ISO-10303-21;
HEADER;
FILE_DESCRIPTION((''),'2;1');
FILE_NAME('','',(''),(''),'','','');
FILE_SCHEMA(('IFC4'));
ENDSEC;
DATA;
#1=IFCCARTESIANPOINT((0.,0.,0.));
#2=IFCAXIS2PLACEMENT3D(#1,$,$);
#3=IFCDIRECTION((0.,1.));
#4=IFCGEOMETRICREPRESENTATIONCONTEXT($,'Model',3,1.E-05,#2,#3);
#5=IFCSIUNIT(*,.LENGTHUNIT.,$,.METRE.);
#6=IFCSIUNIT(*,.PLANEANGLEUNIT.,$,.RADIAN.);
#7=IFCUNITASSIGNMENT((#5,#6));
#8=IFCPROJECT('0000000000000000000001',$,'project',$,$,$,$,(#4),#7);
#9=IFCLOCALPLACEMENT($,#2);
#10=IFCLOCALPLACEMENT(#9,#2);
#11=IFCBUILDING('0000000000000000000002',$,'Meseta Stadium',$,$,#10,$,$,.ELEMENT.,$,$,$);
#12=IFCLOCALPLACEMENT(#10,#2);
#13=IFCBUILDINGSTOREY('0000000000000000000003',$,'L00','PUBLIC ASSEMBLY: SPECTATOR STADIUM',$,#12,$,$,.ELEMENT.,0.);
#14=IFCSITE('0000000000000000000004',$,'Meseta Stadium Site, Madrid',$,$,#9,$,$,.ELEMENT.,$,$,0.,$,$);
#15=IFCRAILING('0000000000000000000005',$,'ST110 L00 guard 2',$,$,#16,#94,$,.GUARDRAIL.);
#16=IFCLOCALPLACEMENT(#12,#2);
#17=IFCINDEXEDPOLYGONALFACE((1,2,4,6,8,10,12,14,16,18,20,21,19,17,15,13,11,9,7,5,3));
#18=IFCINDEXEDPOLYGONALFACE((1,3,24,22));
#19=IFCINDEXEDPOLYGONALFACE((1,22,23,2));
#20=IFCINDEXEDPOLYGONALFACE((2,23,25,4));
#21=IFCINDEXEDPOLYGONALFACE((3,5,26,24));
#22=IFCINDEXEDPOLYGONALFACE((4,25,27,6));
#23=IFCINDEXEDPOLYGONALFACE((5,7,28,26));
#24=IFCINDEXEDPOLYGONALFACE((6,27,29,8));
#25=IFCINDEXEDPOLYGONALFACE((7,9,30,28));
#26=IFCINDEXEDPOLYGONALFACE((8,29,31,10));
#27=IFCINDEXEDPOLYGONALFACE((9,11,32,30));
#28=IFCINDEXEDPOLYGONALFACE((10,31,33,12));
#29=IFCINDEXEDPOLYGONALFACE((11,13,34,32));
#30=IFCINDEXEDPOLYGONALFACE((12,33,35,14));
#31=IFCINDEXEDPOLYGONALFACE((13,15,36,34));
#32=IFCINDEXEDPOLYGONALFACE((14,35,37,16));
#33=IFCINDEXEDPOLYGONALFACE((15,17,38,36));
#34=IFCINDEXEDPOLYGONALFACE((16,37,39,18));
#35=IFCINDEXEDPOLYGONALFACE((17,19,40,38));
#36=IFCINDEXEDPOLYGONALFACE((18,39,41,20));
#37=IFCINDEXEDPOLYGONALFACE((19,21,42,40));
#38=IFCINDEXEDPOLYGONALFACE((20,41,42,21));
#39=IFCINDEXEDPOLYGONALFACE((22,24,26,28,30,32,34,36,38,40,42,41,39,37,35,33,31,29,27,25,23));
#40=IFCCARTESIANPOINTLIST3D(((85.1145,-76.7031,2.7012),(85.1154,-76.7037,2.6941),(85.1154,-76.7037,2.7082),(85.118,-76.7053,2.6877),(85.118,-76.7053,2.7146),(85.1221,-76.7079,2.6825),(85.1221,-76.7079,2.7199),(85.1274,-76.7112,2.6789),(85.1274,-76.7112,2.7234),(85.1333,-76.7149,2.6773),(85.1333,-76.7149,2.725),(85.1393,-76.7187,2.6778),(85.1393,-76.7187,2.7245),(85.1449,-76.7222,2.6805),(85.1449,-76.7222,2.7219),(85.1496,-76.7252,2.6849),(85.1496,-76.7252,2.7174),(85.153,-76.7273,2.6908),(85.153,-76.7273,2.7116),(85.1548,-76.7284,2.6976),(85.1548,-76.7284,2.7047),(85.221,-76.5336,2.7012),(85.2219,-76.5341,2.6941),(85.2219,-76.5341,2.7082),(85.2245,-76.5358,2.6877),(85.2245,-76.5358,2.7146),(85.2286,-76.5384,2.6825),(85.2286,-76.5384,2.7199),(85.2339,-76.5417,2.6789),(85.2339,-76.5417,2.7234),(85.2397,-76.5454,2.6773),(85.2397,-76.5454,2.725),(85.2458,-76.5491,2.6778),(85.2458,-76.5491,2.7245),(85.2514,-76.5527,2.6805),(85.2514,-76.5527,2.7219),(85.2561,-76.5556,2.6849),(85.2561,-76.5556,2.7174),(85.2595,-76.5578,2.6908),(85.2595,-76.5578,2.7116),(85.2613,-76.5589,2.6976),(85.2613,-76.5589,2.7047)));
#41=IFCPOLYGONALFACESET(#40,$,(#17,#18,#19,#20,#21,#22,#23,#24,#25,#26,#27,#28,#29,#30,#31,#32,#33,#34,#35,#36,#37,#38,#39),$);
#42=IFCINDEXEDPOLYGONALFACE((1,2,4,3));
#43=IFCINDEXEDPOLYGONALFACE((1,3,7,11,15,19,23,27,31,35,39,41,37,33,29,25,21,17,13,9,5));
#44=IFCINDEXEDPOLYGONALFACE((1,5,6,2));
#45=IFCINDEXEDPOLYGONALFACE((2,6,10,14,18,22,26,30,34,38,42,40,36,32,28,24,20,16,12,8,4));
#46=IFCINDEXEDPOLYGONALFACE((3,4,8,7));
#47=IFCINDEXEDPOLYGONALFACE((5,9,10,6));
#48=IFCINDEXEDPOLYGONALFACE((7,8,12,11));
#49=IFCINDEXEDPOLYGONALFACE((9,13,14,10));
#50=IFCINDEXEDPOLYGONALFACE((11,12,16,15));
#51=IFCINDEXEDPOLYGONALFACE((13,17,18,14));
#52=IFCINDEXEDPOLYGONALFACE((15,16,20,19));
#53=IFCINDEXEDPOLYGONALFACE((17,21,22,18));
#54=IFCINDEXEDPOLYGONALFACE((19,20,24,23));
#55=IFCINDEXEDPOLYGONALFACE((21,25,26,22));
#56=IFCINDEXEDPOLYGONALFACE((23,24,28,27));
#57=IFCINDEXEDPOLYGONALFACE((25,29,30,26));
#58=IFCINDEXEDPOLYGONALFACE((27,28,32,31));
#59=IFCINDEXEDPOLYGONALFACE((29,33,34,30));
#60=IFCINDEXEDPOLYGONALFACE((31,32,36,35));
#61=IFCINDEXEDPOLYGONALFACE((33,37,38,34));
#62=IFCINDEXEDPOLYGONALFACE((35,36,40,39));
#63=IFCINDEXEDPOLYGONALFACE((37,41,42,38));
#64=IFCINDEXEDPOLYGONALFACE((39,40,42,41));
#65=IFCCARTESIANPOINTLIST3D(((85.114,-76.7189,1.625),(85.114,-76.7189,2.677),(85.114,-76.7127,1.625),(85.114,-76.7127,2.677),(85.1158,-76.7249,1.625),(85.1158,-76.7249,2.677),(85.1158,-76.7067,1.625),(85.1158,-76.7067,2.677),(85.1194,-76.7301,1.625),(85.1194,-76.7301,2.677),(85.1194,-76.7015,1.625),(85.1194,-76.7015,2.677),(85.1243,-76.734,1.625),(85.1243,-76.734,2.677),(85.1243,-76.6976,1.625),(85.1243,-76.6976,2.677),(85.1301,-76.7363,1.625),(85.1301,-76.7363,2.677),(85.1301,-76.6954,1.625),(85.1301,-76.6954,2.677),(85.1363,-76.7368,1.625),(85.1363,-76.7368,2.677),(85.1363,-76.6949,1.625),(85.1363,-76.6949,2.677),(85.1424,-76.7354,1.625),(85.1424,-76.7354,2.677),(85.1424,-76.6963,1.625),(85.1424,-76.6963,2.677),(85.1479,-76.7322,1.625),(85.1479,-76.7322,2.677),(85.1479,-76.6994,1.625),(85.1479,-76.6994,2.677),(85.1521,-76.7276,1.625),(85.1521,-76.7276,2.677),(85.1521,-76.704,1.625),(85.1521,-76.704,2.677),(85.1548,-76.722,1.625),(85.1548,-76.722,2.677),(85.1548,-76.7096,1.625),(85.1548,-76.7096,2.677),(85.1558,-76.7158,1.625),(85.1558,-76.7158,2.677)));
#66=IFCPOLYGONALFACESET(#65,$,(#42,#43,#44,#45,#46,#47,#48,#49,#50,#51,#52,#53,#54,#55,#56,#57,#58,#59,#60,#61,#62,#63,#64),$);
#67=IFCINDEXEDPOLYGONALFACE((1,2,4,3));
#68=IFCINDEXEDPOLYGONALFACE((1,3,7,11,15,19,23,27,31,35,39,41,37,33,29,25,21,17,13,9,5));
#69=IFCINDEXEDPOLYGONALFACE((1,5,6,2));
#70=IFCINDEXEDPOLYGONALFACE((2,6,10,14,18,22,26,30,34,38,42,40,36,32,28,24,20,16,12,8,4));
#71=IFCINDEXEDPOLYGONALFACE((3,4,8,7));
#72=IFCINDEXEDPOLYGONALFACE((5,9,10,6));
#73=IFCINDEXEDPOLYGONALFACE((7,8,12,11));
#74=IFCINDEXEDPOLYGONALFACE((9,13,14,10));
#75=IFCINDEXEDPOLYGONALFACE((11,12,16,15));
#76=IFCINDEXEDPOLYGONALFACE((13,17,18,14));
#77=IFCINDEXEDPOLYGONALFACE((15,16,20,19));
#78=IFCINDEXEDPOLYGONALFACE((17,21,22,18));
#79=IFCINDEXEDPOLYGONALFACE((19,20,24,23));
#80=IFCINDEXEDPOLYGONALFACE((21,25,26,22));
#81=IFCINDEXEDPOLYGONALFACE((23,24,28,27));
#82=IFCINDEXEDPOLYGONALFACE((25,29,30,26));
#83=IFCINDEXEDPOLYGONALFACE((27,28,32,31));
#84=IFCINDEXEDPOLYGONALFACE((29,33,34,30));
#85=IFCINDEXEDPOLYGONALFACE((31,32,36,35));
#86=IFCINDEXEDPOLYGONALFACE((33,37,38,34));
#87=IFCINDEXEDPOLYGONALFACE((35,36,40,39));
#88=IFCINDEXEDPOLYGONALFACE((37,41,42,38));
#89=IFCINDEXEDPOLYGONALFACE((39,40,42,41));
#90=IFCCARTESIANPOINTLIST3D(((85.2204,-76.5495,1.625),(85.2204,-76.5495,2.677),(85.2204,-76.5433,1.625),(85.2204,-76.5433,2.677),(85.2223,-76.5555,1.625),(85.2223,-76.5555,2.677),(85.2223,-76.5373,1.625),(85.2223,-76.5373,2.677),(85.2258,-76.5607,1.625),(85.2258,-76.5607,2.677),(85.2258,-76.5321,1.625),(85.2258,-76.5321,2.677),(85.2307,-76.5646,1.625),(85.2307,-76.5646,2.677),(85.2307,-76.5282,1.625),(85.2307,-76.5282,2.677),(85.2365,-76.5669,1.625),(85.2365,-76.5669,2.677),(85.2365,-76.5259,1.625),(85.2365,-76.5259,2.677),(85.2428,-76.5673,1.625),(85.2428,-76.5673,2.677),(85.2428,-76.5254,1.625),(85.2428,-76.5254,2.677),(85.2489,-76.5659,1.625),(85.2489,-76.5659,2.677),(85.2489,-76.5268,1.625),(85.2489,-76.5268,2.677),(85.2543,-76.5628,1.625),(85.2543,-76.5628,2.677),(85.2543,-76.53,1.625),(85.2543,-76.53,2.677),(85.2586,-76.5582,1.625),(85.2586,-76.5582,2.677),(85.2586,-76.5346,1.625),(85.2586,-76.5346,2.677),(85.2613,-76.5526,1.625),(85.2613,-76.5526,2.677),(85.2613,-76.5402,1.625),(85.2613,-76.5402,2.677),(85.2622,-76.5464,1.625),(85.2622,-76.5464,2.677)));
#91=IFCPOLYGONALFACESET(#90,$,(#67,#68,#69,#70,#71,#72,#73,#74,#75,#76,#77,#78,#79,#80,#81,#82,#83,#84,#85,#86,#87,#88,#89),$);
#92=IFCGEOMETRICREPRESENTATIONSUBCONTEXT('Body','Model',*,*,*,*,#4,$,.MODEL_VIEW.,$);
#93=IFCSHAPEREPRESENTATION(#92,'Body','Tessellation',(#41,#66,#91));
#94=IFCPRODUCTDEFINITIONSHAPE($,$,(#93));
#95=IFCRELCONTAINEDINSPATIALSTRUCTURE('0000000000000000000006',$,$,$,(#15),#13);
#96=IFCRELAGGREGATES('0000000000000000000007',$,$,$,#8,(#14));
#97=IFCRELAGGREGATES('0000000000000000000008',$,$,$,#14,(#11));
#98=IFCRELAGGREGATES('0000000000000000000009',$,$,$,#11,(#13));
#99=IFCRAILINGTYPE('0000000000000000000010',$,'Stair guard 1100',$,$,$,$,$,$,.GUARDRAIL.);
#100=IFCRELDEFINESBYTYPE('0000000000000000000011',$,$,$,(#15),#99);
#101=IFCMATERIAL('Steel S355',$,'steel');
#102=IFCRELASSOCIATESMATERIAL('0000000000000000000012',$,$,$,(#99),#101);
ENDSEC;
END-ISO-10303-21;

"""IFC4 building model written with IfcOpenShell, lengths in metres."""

from ifc_helpers import new_model, si_unit, direction, frame, origin, origin_2d, place, context, subcontext, project, spatial, circle, extrude, material, type_object, element, save


model = new_model("IFC4")

# Units and contexts
model_context = context("Model", 3, precision=1e-05, world=origin(), true_north=direction((0.0, 1.0)))
body_context = subcontext(model_context, "Body", "Model", "MODEL_VIEW")
ifc_project = project(units=[si_unit("LENGTHUNIT", "METRE"), si_unit("PLANEANGLEUNIT", "RADIAN")], contexts=[model_context])

# Site, building, storey
site_placement = place(None, origin())
site = spatial("IfcSite", under=ifc_project, at=site_placement, Name="Meseta Stadium Site, Madrid", CompositionType="ELEMENT", RefElevation=0.0)
building_placement = place(site_placement, origin())
building = spatial("IfcBuilding", under=site, at=building_placement, Name="Meseta Stadium", CompositionType="ELEMENT")
storey_placement = place(building_placement, origin())
storey = spatial("IfcBuildingStorey", under=building, at=storey_placement, Name="L00", Description="PUBLIC ASSEMBLY: SPECTATOR STADIUM", CompositionType="ELEMENT", Elevation=0.0)

# Railing
ifc_material_1 = material(Name="Steel S355", Category="steel")
railing_type_1 = type_object("IfcRailingType", Name="Stair guard 1100", PredefinedType="GUARDRAIL", material=ifc_material_1)
railing_1_placement = place(storey_placement, frame((85.1348, -76.7158, 1.625)))
element("IfcRailing", 1, at=railing_1_placement, inside=storey, type_object=railing_type_1, Name="ST110 L00 guard 2", PredefinedType="GUARDRAIL", context=body_context, shape_type="SweptSolid", body=[
    extrude(circle(Radius=0.0239, at=origin_2d()), frame((0.0, 0.0, 1.0762), z_axis=(0.531972, 0.846762, 0.0), x_axis=(-0.846762, 0.531972, 0.0)), (0.0, 0.0, 1.0), 0.2002),
    extrude(circle(Radius=0.021, at=origin_2d()), origin(), (0.0, 0.0, 1.0), 1.052),
    extrude(circle(Radius=0.021, at=origin_2d()), frame((0.1064, 0.1694, 0.0)), (0.0, 0.0, 1.0), 1.052),
])

save(model, "model.ifc")
